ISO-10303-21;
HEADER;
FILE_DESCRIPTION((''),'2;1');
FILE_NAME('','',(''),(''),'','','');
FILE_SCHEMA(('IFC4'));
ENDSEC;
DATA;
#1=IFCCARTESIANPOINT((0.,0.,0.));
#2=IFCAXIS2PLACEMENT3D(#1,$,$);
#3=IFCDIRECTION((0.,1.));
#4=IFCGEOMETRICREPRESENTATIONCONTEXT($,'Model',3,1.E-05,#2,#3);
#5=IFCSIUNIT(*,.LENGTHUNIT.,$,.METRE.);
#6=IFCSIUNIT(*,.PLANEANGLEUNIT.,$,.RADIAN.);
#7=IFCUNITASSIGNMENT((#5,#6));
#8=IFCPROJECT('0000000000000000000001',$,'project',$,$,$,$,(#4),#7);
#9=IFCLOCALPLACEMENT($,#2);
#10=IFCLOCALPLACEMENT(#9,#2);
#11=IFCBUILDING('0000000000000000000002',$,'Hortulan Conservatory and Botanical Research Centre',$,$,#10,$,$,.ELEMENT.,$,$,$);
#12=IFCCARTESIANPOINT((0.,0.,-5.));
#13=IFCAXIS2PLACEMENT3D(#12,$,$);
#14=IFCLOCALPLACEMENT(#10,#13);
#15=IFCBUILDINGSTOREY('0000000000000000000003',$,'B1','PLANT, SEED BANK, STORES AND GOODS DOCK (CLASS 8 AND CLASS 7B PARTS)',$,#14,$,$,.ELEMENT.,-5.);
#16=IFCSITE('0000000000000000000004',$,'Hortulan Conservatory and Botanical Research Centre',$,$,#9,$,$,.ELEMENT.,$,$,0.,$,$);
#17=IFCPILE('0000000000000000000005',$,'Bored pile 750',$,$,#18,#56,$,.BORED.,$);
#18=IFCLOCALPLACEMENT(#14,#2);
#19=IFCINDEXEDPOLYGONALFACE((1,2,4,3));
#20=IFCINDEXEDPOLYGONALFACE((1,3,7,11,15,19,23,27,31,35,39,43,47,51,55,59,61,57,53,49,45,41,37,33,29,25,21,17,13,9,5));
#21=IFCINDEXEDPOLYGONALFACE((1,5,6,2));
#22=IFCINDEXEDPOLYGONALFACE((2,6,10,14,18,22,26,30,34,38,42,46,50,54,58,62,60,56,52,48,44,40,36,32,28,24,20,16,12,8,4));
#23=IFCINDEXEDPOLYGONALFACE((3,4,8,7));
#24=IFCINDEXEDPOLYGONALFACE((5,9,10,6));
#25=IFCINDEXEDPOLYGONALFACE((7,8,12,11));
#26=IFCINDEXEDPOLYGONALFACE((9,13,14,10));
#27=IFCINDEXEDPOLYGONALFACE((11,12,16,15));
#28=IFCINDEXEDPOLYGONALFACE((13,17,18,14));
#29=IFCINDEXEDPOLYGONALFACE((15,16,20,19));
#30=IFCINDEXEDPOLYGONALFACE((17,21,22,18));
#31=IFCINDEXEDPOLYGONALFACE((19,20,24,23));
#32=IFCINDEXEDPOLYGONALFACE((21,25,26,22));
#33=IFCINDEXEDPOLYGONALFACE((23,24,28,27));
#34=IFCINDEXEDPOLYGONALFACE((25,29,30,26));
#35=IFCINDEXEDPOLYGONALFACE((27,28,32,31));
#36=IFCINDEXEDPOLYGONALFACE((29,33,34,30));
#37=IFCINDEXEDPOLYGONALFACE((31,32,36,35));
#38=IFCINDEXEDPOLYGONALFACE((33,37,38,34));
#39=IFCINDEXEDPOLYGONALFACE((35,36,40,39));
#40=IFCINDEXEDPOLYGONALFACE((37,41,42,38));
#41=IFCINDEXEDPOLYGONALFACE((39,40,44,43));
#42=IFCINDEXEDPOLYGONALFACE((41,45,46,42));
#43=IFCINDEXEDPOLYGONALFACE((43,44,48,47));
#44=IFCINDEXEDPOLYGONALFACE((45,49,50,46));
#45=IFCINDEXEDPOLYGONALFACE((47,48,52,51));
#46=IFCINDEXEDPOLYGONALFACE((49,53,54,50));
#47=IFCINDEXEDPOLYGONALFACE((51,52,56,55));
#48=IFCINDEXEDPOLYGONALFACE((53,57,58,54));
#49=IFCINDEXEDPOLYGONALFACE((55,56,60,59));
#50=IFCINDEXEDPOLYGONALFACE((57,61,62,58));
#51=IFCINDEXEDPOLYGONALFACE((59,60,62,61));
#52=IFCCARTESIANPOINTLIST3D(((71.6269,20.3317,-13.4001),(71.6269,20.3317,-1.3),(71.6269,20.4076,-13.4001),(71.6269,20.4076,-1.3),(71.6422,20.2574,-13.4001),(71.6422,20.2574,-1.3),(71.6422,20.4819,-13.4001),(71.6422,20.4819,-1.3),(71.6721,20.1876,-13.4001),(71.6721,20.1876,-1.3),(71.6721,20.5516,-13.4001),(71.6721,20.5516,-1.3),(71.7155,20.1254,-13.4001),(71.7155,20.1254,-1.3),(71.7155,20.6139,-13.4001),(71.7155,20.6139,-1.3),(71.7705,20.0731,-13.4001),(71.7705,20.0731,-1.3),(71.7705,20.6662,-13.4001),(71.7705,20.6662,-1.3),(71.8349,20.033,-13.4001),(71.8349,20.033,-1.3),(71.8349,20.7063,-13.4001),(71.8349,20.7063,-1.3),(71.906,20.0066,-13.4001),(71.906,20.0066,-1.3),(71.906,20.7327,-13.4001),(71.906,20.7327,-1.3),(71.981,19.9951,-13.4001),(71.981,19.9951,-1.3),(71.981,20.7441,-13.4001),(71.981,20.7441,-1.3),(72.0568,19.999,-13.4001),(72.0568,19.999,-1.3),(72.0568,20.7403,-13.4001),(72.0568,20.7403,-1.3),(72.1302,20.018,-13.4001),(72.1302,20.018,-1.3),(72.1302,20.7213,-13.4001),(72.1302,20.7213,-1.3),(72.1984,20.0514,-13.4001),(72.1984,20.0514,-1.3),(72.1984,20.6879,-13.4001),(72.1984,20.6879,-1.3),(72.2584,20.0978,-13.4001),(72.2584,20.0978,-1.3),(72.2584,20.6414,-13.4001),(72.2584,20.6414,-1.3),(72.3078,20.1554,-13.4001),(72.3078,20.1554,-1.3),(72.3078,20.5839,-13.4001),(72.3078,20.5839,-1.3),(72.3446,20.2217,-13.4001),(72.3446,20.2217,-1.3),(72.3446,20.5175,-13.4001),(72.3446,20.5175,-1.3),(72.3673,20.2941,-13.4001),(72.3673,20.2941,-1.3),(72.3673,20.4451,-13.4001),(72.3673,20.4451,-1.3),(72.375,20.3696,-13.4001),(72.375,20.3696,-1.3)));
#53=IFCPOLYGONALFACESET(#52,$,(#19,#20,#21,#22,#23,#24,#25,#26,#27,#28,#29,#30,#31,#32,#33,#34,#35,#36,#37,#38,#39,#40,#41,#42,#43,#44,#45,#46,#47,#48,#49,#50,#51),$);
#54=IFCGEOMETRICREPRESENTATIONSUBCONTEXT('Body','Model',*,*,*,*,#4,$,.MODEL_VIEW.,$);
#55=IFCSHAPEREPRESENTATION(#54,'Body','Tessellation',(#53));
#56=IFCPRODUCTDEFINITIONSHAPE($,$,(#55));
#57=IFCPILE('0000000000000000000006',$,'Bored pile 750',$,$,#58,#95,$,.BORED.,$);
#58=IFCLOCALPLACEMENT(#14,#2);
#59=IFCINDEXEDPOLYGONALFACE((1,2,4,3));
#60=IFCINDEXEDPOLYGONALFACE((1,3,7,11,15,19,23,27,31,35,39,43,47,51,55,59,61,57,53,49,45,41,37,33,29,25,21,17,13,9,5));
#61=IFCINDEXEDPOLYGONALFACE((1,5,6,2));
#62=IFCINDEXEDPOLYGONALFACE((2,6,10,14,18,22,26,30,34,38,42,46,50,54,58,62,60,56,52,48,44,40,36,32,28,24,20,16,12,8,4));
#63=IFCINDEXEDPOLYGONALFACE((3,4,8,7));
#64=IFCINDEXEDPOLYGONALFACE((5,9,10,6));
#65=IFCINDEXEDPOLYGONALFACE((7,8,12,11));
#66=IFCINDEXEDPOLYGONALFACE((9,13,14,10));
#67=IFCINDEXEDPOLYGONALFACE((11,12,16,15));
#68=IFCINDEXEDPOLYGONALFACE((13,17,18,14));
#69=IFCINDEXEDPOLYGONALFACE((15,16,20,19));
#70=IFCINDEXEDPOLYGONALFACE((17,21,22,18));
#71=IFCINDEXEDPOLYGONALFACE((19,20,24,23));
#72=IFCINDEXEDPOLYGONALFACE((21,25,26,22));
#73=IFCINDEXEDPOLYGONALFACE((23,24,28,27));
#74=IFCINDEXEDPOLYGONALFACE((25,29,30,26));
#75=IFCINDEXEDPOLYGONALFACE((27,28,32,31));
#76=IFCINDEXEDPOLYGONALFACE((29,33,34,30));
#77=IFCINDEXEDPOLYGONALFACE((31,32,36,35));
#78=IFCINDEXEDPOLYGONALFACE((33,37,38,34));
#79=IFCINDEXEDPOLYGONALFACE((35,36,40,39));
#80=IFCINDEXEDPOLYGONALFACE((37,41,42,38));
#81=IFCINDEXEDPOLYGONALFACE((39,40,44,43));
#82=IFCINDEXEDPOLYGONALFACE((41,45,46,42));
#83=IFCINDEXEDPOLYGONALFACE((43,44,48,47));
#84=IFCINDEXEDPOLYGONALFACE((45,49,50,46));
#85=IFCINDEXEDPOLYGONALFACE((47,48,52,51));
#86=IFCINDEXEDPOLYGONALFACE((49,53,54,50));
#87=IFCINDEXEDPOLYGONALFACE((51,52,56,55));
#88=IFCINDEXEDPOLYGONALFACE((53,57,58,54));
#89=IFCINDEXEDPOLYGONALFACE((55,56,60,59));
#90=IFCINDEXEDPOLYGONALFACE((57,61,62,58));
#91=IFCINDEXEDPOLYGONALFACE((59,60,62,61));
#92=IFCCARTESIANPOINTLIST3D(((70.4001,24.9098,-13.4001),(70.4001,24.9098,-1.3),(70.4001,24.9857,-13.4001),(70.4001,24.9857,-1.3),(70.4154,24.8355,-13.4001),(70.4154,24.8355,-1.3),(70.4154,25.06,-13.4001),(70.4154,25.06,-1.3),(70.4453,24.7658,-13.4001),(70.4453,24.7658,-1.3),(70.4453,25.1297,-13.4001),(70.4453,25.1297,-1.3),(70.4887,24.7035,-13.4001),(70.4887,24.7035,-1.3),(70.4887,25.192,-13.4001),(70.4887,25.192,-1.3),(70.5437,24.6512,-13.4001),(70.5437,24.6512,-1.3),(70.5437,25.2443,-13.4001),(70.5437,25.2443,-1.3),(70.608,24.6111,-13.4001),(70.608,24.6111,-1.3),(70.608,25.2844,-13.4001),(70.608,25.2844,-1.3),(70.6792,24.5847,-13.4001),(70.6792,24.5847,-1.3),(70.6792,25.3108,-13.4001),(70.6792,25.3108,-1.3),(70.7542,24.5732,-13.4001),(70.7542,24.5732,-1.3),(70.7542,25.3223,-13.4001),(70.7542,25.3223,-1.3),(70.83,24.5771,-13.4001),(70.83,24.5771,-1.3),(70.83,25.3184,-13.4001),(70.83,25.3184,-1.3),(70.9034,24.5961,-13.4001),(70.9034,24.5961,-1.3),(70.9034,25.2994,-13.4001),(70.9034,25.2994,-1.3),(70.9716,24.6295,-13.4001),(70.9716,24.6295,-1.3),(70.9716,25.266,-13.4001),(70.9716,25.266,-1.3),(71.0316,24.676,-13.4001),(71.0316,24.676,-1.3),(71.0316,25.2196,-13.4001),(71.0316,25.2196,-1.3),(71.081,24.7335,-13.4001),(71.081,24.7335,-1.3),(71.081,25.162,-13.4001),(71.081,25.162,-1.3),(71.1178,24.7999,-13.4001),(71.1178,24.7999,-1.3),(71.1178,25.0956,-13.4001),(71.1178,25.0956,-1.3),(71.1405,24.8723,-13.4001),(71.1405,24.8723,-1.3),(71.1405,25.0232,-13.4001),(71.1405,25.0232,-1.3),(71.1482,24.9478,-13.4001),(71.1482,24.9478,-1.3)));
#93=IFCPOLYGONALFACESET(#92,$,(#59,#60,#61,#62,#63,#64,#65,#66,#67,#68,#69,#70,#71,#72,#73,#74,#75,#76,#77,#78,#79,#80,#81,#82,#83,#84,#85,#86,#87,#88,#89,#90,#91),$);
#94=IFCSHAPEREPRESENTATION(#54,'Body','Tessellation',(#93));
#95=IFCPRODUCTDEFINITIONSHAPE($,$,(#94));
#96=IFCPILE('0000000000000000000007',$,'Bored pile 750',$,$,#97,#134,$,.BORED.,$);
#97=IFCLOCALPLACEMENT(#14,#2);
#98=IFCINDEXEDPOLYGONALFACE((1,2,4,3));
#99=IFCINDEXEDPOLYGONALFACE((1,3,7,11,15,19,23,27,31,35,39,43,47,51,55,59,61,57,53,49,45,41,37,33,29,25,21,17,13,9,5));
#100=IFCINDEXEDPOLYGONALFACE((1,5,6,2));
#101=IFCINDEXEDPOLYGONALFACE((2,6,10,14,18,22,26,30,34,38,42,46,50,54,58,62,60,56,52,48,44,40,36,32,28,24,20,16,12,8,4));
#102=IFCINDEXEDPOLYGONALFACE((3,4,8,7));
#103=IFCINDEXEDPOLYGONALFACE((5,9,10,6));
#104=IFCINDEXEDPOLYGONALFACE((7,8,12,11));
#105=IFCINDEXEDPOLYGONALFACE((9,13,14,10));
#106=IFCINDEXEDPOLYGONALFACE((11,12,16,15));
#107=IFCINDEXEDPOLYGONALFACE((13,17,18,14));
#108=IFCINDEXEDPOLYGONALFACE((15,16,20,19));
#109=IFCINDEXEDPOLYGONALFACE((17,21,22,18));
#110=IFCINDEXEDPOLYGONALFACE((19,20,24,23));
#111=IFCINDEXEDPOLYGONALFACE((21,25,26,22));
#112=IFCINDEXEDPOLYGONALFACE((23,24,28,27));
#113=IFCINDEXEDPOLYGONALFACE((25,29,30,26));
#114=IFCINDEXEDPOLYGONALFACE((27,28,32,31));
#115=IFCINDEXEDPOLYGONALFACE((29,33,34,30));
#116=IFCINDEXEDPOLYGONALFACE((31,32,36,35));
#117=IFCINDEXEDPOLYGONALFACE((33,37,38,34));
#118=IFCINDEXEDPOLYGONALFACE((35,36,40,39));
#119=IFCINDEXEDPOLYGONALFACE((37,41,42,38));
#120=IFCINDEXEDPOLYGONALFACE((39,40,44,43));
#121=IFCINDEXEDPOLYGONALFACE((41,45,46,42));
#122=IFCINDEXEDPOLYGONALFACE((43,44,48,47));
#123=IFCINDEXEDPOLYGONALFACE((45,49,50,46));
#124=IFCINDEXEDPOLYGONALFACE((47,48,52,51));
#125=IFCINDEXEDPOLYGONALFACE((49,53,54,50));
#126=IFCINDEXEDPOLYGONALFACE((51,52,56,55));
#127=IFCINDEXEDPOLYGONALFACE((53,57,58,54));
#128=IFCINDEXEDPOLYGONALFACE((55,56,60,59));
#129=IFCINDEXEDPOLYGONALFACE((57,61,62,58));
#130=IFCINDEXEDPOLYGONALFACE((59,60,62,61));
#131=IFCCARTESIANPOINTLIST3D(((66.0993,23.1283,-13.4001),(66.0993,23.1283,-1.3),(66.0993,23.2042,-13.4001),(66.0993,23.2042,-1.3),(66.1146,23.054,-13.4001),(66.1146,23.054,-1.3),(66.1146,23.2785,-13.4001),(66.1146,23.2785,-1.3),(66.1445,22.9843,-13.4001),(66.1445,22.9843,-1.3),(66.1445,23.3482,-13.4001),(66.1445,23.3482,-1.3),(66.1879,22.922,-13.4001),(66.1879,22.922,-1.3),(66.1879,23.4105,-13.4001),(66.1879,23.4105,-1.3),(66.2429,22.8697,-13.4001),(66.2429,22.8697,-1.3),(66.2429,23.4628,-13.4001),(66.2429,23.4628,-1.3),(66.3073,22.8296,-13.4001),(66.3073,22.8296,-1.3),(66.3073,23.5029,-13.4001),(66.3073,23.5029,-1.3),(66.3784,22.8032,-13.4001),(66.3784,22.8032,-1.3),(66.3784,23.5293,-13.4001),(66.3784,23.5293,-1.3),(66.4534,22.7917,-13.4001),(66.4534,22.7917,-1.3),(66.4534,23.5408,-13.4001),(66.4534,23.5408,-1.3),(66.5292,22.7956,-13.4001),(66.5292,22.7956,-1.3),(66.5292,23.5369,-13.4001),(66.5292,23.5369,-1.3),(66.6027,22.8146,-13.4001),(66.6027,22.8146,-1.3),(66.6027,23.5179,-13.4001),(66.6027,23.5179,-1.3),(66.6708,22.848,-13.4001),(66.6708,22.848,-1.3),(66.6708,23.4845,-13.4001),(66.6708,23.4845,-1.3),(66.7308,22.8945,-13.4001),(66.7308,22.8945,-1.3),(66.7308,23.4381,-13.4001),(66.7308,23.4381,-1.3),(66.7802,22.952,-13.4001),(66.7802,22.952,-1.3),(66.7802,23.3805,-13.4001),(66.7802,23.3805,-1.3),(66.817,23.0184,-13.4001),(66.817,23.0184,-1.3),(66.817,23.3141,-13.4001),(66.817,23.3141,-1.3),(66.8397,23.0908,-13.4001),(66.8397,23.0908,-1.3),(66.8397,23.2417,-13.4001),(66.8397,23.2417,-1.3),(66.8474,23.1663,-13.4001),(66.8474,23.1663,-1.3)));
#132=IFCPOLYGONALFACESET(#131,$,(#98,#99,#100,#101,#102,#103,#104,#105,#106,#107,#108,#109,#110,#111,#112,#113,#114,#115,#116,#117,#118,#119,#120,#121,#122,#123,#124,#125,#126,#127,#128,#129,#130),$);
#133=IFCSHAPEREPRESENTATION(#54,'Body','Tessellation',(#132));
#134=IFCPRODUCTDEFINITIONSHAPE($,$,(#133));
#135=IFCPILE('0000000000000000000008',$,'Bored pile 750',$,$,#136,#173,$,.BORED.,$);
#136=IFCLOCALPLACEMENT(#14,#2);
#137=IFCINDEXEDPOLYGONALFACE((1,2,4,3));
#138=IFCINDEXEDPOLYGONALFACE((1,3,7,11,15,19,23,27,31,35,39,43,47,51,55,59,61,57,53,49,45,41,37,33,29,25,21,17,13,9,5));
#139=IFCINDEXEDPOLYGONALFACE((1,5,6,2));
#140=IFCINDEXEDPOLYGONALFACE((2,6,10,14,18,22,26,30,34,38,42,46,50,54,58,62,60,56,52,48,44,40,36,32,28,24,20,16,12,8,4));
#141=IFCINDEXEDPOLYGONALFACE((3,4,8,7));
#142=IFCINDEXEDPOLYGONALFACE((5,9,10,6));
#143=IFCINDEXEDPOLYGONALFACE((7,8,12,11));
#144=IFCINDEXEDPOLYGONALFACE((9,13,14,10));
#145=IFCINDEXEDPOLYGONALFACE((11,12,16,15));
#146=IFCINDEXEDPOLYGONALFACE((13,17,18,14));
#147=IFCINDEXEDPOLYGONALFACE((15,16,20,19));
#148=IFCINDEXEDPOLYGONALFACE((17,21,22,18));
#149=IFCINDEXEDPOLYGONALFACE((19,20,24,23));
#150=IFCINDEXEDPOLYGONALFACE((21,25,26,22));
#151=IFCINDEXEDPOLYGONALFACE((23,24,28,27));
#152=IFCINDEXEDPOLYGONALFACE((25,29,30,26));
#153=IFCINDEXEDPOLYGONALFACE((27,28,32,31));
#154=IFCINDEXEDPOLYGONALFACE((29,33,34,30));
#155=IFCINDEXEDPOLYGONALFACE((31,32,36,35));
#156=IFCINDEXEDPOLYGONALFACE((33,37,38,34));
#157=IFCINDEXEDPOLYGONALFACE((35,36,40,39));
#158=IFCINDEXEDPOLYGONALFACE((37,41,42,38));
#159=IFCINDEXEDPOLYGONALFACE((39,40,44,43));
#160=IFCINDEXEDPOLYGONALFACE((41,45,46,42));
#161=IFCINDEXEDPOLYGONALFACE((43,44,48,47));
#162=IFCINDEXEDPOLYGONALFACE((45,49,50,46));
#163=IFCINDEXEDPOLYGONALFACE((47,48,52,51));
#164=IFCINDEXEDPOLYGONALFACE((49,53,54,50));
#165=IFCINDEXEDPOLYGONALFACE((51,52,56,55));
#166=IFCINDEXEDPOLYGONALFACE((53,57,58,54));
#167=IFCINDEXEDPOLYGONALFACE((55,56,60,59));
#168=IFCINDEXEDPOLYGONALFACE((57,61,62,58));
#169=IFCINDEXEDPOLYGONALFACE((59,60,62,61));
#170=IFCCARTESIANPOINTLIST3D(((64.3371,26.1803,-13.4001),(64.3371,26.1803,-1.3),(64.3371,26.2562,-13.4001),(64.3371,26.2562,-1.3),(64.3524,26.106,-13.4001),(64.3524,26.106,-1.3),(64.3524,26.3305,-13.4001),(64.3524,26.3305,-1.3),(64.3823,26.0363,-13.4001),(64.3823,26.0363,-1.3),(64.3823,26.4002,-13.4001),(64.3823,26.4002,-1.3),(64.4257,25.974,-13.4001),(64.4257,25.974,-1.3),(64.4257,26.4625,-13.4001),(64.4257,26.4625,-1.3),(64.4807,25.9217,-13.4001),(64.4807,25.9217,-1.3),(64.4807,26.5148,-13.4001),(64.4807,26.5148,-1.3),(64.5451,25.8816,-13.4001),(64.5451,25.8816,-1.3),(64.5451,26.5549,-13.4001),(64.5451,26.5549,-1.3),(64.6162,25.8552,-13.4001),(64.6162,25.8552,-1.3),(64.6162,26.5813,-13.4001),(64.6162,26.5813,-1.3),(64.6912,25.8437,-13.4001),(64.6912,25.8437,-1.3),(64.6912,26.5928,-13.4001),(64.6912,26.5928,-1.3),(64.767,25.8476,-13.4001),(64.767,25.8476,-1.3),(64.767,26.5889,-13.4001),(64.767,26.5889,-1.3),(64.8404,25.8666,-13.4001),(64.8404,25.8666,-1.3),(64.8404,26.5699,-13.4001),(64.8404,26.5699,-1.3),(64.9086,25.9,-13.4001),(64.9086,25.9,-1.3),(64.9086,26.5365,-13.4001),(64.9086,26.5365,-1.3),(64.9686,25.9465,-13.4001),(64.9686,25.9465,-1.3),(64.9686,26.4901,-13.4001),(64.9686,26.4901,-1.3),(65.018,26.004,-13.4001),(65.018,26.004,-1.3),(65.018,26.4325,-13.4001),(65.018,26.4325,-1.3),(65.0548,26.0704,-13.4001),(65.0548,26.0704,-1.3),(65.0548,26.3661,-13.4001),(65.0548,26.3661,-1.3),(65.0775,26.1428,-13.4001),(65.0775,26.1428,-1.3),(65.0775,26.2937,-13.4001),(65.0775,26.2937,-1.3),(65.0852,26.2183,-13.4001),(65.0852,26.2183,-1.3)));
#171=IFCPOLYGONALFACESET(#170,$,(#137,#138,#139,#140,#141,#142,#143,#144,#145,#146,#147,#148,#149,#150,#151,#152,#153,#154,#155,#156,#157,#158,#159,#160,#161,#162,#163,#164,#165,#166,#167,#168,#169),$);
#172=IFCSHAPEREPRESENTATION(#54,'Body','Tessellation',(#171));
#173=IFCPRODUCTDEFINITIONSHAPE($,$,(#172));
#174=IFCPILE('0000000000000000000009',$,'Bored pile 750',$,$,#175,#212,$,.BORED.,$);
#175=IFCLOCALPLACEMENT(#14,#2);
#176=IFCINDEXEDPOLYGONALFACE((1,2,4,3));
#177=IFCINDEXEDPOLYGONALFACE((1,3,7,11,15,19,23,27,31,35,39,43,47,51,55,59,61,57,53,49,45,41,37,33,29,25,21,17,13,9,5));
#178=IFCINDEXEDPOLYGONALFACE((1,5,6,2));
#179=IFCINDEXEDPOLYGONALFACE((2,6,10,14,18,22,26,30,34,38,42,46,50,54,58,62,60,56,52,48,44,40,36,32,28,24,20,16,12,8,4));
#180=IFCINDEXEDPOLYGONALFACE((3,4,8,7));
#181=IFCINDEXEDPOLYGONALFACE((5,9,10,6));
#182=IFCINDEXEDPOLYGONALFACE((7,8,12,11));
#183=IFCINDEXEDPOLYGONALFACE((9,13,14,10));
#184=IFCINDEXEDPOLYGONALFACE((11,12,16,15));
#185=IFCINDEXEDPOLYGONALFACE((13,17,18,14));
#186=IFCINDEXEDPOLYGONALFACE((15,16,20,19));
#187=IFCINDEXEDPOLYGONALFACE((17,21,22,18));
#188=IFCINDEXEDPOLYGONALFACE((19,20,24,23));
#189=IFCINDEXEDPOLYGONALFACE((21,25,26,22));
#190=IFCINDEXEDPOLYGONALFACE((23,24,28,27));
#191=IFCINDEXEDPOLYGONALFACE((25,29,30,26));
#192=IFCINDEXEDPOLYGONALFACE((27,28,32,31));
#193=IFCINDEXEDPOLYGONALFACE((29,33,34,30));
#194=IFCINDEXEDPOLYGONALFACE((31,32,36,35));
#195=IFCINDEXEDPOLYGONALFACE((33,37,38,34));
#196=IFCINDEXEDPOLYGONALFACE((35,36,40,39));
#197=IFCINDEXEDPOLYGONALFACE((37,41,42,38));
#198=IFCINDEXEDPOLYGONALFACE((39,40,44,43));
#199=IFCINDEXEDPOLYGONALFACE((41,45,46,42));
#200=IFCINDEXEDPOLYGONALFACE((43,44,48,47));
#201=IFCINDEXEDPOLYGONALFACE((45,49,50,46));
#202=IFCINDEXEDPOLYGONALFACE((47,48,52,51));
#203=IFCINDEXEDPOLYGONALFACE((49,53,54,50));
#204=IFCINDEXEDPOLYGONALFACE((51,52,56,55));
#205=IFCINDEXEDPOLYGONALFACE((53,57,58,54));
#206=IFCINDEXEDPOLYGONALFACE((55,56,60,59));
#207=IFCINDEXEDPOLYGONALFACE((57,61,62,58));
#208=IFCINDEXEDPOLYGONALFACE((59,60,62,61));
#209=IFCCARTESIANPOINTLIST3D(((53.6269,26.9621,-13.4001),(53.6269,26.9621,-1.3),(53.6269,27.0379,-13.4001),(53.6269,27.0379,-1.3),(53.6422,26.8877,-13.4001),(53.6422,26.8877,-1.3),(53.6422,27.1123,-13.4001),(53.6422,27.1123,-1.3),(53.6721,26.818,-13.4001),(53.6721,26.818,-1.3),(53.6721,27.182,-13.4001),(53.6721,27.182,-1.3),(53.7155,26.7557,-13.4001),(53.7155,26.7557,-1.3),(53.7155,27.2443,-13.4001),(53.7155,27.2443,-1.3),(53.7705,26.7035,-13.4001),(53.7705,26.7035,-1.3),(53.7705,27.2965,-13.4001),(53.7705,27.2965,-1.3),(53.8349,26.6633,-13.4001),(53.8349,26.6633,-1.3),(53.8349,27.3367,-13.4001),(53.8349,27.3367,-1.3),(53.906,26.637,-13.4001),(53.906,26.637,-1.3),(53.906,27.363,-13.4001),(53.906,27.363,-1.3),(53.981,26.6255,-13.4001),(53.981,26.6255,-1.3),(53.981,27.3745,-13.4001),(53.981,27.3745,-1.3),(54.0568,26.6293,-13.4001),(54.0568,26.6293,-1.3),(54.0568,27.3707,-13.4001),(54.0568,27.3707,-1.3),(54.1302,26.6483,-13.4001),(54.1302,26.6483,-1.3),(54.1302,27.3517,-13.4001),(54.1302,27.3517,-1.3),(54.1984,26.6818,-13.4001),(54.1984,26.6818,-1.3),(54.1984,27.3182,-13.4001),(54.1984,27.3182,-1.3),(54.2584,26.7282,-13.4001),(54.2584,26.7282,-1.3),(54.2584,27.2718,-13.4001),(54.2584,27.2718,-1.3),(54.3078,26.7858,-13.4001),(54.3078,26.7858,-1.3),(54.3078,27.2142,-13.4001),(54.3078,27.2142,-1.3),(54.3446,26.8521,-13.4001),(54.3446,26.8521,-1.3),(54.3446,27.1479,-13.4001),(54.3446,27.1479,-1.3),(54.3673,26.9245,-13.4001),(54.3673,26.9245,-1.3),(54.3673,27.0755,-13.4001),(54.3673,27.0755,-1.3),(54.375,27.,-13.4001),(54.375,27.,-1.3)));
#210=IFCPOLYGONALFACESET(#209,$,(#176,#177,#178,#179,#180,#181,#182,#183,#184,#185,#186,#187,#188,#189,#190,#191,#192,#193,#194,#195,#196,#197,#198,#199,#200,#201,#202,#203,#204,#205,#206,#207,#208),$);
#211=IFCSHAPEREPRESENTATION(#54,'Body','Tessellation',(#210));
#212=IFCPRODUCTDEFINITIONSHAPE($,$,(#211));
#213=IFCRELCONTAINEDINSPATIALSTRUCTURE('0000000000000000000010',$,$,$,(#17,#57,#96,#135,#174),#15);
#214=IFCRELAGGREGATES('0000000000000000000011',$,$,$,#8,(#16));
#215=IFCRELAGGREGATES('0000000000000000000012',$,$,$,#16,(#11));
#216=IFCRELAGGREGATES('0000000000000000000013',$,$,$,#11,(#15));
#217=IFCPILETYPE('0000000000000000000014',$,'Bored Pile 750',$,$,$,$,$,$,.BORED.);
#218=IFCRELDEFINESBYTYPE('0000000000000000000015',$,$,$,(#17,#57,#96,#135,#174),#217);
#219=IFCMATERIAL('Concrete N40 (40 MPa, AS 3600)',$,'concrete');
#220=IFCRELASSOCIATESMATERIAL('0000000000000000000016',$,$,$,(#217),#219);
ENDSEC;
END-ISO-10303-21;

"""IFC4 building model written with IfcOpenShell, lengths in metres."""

from ifc_helpers import new_model, si_unit, direction, frame, origin, origin_2d, place, context, subcontext, project, spatial, circle, extrude, material, material_profile, profile_set, type_object, element, save


model = new_model("IFC4")

# Units and contexts
model_context = context("Model", 3, precision=1e-05, world=origin(), true_north=direction((0.0, 1.0)))
body_context = subcontext(model_context, "Body", "Model", "MODEL_VIEW")
ifc_project = project(units=[si_unit("LENGTHUNIT", "METRE"), si_unit("PLANEANGLEUNIT", "RADIAN")], contexts=[model_context])

# Site, building, storey
site_placement = place(None, origin())
site = spatial("IfcSite", under=ifc_project, at=site_placement, Name="Hortulan Conservatory and Botanical Research Centre", CompositionType="ELEMENT", RefElevation=0.0)
building_placement = place(site_placement, origin())
building = spatial("IfcBuilding", under=site, at=building_placement, Name="Hortulan Conservatory and Botanical Research Centre", CompositionType="ELEMENT")
storey_placement = place(building_placement, frame((0.0, 0.0, -5.0)))
storey = spatial("IfcBuildingStorey", under=building, at=storey_placement, Name="B1", Description="PLANT, SEED BANK, STORES AND GOODS DOCK (CLASS 8 AND CLASS 7B PARTS)", CompositionType="ELEMENT", Elevation=-5.0)

# Piles
ifc_material_1 = material(Name="Concrete N40 (40 MPa, AS 3600)", Category="concrete")
ifc_material_profile_1 = material_profile(ifc_material_1, circle(Radius=0.375, at=origin_2d()), Name="Bored pile 750 diameter")
ifc_profile_set_1 = profile_set([ifc_material_profile_1], Name="Concrete N40 (40 MPa, AS 3600)")
pile_type = type_object("IfcPileType", Name="Bored Pile 750", PredefinedType="BORED", material=ifc_profile_set_1)
for number, where, z_axis, x_axis, name in (
    (1, (72.0, 20.3696, -1.3), (0.0, 0.0, -1.0), (1.0, 0.0, 0.0), "Bored pile 750"),
    (2, (70.7732, 24.9478, -1.3), (0.0, 0.0, -1.0), (1.0, 0.0, 0.0), "Bored pile 750"),
    (3, (66.4724, 23.1663, -1.3), (0.0, 0.0, -1.0), (1.0, 0.0, 0.0), "Bored pile 750"),
    (4, (64.7102, 26.2183, -1.3), (0.0, 0.0, -1.0), (1.0, 0.0, 0.0), "Bored pile 750"),
    (5, (54.0, 27.0, -1.3), (0.0, 0.0, -1.0), (1.0, 0.0, 0.0), "Bored pile 750"),
):
    element("IfcPile", number, at=place(storey_placement, frame(where, z_axis=z_axis, x_axis=x_axis)), inside=storey, type_object=pile_type, Name=name, PredefinedType="BORED", context=body_context, shape_type="SweptSolid", body=[
        extrude(circle(Radius=0.375, at=origin_2d()), origin(), (0.0, 0.0, 1.0), 12.1001),
    ])

save(model, "model.ifc")
